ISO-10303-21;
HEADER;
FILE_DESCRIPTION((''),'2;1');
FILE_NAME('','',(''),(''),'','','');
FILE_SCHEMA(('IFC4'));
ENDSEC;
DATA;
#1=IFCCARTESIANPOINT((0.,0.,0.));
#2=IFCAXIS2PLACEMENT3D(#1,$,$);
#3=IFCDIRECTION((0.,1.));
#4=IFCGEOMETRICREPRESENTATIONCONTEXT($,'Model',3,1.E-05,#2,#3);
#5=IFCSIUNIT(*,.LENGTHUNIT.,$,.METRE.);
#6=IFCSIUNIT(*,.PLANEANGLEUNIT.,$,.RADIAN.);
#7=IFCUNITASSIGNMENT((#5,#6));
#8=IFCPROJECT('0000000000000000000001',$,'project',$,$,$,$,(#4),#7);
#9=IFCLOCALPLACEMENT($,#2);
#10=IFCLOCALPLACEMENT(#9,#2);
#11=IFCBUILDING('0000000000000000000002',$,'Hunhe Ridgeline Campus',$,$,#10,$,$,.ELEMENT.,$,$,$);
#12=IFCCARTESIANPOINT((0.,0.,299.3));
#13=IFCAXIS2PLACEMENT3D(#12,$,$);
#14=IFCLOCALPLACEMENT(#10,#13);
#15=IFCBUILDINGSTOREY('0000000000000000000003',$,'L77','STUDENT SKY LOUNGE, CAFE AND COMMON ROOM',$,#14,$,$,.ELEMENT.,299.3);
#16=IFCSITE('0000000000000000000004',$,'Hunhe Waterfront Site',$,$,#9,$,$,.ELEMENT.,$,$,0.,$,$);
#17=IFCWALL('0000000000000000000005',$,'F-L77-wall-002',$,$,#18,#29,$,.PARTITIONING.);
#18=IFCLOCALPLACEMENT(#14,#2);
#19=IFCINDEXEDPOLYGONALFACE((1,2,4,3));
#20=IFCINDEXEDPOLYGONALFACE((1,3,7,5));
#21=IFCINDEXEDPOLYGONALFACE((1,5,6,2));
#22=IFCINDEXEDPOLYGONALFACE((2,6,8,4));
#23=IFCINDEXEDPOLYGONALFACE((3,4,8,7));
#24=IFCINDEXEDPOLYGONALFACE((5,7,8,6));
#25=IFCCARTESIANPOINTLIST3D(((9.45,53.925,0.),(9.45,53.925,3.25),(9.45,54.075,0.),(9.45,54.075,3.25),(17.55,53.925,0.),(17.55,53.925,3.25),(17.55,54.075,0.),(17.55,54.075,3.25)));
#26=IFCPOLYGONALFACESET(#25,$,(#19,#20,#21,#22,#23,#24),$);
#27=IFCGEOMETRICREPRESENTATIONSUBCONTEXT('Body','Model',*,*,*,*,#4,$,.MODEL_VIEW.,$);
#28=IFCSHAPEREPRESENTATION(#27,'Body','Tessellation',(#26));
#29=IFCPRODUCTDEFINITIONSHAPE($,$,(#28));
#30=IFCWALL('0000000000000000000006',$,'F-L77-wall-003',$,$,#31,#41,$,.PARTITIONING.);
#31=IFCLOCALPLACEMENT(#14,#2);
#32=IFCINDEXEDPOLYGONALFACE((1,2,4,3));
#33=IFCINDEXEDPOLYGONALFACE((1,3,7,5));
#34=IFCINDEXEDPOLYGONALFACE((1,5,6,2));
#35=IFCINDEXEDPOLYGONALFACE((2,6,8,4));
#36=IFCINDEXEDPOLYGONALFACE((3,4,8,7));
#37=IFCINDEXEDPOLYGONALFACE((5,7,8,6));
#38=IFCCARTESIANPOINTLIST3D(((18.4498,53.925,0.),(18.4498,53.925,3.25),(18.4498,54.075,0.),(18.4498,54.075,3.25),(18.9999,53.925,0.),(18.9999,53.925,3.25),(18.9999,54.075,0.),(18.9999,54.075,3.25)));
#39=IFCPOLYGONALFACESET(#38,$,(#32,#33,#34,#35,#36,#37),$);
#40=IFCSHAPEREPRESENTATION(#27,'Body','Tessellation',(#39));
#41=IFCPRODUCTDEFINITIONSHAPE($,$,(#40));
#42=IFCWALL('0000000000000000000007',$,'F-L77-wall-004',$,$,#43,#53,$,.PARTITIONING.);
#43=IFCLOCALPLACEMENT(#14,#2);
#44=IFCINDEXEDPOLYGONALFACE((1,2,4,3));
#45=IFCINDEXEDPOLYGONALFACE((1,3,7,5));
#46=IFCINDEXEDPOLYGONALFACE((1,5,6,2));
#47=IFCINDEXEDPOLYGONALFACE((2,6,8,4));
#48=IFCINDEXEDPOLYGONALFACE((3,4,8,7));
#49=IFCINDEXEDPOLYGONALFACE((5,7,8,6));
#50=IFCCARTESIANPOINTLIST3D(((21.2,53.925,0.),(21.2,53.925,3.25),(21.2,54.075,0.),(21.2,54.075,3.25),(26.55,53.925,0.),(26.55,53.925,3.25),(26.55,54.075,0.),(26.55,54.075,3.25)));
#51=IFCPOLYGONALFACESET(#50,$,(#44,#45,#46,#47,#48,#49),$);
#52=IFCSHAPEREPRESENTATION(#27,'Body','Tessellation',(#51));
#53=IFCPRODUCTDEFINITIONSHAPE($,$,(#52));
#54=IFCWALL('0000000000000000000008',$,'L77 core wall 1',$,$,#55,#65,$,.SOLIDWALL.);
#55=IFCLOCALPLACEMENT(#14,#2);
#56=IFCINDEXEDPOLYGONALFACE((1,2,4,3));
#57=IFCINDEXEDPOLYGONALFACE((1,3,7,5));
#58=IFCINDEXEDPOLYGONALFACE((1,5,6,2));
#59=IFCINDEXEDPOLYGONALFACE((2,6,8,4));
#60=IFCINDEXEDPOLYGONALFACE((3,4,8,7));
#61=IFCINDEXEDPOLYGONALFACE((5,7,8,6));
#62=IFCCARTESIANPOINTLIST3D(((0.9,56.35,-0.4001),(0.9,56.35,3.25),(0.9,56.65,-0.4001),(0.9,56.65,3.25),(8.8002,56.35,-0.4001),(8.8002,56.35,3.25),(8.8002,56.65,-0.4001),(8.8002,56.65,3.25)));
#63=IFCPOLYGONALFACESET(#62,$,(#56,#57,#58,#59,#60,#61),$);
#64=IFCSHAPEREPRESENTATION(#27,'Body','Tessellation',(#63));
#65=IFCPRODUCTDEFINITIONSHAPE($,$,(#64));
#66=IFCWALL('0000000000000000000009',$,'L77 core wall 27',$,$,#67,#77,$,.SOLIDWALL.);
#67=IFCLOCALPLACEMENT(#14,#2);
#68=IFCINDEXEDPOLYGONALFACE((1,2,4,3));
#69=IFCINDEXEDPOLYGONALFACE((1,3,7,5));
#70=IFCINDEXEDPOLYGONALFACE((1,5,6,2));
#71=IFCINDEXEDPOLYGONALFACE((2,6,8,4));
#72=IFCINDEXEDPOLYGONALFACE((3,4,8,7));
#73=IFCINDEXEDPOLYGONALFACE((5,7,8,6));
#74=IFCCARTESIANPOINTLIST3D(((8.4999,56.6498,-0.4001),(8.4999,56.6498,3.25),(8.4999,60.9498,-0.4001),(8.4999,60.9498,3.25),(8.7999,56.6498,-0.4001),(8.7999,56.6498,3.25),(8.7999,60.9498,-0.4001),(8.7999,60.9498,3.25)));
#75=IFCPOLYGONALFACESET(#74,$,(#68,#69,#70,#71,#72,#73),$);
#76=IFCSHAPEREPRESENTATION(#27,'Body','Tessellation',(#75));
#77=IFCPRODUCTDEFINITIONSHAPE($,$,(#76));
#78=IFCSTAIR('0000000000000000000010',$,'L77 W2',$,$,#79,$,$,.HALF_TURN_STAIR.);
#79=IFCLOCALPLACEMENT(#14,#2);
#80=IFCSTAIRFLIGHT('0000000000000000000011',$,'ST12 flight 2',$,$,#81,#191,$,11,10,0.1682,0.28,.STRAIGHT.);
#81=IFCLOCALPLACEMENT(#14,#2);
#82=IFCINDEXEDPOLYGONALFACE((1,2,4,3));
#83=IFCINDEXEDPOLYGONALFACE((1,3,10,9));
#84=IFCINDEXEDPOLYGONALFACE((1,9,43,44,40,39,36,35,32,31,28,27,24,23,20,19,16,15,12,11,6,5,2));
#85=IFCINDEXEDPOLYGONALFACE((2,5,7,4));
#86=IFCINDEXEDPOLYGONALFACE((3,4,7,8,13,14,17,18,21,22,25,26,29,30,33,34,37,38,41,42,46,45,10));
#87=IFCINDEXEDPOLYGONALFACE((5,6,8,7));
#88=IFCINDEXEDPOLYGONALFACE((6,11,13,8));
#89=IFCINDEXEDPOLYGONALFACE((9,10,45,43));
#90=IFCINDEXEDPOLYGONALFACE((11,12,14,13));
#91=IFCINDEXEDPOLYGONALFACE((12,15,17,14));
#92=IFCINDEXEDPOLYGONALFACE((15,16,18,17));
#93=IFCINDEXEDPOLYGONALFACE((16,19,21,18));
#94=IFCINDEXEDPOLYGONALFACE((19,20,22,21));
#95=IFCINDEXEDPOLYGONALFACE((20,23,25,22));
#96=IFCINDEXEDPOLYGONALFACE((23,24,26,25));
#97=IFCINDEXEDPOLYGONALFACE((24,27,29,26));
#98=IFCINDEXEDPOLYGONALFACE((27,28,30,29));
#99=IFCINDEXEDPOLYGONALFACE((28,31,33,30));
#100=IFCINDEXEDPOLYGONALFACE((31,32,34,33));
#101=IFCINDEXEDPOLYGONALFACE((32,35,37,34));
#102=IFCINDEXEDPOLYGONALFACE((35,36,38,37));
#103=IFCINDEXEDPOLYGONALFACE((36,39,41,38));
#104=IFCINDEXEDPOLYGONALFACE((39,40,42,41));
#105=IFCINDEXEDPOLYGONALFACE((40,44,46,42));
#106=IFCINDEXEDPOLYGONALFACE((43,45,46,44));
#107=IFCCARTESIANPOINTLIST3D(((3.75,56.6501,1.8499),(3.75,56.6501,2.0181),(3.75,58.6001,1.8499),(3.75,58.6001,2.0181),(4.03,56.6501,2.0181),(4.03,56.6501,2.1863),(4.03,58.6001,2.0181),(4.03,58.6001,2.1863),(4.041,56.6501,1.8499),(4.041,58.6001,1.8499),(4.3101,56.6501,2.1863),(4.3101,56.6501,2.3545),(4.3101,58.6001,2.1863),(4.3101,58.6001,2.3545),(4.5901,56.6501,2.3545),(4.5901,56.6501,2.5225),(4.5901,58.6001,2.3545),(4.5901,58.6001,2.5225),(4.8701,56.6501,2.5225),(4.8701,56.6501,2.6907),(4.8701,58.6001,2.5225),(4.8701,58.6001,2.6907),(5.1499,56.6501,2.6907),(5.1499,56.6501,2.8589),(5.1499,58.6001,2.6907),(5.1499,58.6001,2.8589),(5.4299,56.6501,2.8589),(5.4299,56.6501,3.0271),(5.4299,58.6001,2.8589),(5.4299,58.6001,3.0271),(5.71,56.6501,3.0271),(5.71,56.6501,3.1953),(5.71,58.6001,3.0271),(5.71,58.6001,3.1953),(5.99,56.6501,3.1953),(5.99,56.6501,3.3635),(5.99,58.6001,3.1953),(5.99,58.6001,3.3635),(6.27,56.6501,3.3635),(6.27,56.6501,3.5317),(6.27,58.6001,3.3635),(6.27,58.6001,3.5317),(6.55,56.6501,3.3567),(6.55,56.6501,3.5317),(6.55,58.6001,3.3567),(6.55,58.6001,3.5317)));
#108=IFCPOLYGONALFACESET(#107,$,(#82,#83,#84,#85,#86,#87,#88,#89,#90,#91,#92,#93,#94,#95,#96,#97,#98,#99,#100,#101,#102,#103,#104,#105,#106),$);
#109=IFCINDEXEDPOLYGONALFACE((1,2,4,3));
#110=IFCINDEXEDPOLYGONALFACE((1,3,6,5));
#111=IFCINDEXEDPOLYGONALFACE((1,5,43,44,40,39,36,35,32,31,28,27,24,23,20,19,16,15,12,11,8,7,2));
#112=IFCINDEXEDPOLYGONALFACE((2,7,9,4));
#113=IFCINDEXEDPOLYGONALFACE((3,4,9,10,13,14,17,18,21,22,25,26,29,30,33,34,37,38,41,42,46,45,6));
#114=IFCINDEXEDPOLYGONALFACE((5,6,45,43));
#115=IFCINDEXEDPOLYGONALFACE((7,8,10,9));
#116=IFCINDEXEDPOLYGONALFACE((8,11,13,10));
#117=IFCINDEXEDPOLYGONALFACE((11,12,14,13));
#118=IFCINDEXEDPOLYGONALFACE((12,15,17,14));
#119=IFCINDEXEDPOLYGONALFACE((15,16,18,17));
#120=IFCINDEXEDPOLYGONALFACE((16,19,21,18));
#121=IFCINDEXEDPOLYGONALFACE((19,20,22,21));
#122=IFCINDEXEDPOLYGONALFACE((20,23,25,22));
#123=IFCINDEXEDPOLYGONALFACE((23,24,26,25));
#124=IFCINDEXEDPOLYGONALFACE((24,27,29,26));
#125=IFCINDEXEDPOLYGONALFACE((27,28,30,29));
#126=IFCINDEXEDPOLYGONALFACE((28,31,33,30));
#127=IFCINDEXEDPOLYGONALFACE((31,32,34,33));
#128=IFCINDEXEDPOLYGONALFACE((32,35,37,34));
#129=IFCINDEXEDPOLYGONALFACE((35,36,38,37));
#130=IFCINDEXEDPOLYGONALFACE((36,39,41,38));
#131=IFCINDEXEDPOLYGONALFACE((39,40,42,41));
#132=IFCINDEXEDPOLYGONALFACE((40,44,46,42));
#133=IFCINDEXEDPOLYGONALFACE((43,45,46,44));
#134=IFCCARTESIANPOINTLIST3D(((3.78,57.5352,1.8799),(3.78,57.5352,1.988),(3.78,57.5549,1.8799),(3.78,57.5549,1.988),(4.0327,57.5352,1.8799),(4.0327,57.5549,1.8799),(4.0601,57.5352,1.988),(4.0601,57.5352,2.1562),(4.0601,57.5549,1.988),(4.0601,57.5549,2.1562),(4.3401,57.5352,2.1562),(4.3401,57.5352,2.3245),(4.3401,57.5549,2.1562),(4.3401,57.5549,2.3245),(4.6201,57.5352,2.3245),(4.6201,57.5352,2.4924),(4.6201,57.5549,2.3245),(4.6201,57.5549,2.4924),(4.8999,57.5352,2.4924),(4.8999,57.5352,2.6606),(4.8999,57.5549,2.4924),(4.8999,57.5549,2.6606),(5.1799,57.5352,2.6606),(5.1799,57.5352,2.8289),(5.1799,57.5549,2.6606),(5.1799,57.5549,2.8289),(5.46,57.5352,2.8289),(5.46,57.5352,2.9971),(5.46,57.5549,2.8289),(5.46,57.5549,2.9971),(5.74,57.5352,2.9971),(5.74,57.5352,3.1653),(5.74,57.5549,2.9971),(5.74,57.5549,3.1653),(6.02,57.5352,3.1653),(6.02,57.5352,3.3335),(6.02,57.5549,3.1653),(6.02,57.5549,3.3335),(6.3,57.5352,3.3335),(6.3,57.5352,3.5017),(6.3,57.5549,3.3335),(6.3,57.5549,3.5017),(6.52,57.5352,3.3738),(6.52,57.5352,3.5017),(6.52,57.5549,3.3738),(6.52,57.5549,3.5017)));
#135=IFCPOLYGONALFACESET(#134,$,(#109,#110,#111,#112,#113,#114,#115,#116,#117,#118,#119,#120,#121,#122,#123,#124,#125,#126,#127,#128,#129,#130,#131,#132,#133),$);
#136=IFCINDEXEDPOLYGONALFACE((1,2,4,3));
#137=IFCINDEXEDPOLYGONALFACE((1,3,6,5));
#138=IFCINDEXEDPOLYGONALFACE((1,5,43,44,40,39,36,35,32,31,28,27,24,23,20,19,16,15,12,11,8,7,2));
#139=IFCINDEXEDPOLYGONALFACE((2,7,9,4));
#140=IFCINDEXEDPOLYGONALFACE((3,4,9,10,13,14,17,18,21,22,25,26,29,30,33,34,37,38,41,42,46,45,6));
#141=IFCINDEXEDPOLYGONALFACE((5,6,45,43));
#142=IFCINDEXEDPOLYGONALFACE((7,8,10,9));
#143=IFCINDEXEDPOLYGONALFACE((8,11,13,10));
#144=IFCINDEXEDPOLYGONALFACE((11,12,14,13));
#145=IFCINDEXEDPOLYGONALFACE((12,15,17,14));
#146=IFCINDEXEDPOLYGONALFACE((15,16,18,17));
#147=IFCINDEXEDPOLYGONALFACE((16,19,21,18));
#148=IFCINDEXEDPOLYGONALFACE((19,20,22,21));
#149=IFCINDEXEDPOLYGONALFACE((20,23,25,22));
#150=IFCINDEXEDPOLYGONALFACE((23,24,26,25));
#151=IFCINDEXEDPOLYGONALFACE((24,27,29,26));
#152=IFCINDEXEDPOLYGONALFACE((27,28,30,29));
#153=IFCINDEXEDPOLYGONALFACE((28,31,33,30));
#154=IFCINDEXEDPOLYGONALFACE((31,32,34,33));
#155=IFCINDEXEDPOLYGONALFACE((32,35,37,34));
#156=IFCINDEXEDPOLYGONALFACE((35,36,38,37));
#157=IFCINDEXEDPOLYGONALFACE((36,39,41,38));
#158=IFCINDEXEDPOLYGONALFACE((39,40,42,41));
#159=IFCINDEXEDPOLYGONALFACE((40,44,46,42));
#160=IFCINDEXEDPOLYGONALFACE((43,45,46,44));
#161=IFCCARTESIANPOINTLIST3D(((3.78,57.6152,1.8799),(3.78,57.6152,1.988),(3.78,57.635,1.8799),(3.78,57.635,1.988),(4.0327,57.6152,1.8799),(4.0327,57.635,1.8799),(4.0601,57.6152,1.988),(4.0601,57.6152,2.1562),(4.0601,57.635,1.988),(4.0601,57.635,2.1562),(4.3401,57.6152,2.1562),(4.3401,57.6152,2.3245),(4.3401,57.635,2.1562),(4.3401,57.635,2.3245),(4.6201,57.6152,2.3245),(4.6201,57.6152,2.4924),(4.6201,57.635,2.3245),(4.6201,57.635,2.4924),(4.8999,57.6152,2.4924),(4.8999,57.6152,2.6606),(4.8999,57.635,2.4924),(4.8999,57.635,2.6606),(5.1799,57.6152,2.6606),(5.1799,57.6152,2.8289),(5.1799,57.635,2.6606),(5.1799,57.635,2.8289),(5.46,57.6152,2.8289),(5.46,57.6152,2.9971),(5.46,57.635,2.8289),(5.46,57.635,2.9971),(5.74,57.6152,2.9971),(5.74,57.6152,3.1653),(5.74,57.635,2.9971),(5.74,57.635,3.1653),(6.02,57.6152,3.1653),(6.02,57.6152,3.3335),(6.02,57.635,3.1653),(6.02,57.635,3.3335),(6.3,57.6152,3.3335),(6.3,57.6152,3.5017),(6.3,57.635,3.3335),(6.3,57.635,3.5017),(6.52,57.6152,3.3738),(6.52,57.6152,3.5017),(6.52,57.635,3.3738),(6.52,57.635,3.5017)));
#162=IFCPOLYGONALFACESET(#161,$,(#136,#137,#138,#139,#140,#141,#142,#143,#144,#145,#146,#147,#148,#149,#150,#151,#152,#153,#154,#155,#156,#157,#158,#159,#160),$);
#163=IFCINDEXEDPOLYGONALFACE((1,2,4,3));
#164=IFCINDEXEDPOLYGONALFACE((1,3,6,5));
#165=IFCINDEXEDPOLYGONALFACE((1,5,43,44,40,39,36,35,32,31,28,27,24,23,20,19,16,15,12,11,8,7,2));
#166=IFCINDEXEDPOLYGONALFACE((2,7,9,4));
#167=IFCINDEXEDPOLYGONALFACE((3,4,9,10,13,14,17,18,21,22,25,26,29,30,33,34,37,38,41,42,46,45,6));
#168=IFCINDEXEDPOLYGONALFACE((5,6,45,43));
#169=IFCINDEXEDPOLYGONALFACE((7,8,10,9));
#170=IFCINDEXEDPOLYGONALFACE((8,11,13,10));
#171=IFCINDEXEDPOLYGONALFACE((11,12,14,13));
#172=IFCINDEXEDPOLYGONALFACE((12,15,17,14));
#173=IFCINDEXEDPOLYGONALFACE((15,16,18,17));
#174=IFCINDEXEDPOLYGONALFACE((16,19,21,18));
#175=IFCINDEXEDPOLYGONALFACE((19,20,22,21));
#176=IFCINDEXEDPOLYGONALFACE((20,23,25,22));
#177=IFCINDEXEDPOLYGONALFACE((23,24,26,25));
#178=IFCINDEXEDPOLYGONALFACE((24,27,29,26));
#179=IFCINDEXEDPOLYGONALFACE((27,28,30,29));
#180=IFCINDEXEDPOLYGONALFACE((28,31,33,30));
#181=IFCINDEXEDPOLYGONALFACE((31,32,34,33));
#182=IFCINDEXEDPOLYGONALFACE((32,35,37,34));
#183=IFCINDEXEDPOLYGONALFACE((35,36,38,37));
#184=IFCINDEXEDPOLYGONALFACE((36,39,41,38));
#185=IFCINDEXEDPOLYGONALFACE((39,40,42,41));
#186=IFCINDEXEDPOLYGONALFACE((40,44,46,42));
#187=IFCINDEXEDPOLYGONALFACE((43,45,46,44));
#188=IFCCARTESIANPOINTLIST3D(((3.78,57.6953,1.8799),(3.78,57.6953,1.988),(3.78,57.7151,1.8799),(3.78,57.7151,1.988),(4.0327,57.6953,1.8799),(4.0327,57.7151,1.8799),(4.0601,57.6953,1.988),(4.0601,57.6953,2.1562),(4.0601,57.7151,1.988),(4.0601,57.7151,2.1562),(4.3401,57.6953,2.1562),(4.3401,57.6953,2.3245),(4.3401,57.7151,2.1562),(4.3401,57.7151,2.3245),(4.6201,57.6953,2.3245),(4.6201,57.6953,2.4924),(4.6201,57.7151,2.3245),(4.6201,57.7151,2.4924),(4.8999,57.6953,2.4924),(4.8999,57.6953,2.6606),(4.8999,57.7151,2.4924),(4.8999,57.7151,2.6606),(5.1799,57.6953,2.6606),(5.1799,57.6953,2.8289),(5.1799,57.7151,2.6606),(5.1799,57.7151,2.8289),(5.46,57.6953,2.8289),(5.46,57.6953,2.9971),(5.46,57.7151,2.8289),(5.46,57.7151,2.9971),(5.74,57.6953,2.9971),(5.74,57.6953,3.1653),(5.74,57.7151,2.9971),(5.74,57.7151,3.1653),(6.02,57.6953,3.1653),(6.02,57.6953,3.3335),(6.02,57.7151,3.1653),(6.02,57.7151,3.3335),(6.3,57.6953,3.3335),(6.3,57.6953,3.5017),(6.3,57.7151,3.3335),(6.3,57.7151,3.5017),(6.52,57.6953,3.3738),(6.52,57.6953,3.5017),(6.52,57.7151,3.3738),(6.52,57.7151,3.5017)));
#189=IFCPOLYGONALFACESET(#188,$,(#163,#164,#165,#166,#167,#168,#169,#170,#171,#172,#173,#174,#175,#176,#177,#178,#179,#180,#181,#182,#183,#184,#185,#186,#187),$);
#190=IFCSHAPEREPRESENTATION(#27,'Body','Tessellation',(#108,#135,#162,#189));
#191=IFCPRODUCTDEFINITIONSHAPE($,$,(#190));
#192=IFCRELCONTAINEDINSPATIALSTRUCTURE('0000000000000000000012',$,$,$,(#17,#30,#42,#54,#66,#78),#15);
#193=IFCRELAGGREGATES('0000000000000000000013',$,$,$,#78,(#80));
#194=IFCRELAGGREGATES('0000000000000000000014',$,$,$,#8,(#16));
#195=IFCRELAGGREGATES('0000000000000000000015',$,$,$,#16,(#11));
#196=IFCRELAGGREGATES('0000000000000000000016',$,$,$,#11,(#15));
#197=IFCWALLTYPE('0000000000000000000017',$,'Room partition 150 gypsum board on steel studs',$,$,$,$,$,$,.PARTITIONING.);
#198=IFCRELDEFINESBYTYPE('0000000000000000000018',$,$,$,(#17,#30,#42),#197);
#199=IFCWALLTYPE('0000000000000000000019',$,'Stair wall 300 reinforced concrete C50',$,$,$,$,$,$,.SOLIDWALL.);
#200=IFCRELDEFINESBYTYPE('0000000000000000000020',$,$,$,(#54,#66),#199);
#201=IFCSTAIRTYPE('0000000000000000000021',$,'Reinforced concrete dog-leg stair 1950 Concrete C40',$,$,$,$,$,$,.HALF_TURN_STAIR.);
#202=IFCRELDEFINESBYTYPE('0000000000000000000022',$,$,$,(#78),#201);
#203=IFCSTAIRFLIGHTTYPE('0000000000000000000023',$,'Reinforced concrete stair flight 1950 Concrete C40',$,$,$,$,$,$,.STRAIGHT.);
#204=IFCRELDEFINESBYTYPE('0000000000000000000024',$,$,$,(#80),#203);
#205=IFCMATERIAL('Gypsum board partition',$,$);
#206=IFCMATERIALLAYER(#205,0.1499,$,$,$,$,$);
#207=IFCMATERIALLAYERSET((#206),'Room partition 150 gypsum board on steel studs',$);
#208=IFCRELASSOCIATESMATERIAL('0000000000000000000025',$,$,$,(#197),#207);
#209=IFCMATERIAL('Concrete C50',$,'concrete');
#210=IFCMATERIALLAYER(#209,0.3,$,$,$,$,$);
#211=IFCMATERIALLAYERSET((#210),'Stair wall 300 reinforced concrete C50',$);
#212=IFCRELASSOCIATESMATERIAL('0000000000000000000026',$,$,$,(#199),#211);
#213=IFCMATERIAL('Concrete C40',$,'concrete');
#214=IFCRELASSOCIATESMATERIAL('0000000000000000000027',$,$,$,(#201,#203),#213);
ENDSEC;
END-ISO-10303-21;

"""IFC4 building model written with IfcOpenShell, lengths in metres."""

from ifc_helpers import new_model, si_unit, direction, frame, frame_2d, origin, place, context, subcontext, project, spatial, polyline, rectangle, outline, extrude, material, layer, layer_set, type_object, element, aggregate, save


model = new_model("IFC4")

# Units and contexts
model_context = context("Model", 3, precision=1e-05, world=origin(), true_north=direction((0.0, 1.0)))
body_context = subcontext(model_context, "Body", "Model", "MODEL_VIEW")
ifc_project = project(units=[si_unit("LENGTHUNIT", "METRE"), si_unit("PLANEANGLEUNIT", "RADIAN")], contexts=[model_context])

# Site, building, storey
site_placement = place(None, origin())
site = spatial("IfcSite", under=ifc_project, at=site_placement, Name="Hunhe Waterfront Site", CompositionType="ELEMENT", RefElevation=0.0)
building_placement = place(site_placement, origin())
building = spatial("IfcBuilding", under=site, at=building_placement, Name="Hunhe Ridgeline Campus", CompositionType="ELEMENT")
storey_placement = place(building_placement, frame((0.0, 0.0, 299.3)))
storey = spatial("IfcBuildingStorey", under=building, at=storey_placement, Name="L77", Description="STUDENT SKY LOUNGE, CAFE AND COMMON ROOM", CompositionType="ELEMENT", Elevation=299.3)

# Shared definitions
ifc_material_1 = material(Name="Concrete C50", Category="concrete")

# Walls
ifc_material_2 = material(Name="Gypsum board partition")
ifc_layer_1 = layer(ifc_material_2, 0.1499)
ifc_layer_set_1 = layer_set([ifc_layer_1], Name="Room partition 150 gypsum board on steel studs")
wall_type_1 = type_object("IfcWallType", Name="Room partition 150 gypsum board on steel studs", PredefinedType="PARTITIONING", material=ifc_layer_set_1)
wall_1_placement = place(storey_placement, frame((9.45, 54.0, 0.0), z_axis=(0.0, 0.0, 1.0), x_axis=(1.0, 0.0, 0.0)))
element("IfcWall", 1, at=wall_1_placement, inside=storey, type_object=wall_type_1, Name="F-L77-wall-002", PredefinedType="PARTITIONING", context=body_context, shape_type="SweptSolid", body=[
    extrude(rectangle(XDim=8.1001, YDim=0.1499, at=frame_2d((4.05, 0.0))), origin(), (0.0, 0.0, 1.0), 3.25),
])
wall_2_placement = place(storey_placement, frame((18.45, 54.0, 0.0), z_axis=(0.0, 0.0, 1.0), x_axis=(1.0, 0.0, 0.0)))
element("IfcWall", 2, at=wall_2_placement, inside=storey, type_object=wall_type_1, Name="F-L77-wall-003", PredefinedType="PARTITIONING", context=body_context, shape_type="SweptSolid", body=[
    extrude(rectangle(XDim=0.55, YDim=0.1499, at=frame_2d((0.2749, 0.0))), origin(), (0.0, 0.0, 1.0), 3.25),
])
wall_3_placement = place(storey_placement, frame((21.2, 54.0, 0.0), z_axis=(0.0, 0.0, 1.0), x_axis=(1.0, 0.0, 0.0)))
element("IfcWall", 3, at=wall_3_placement, inside=storey, type_object=wall_type_1, Name="F-L77-wall-004", PredefinedType="PARTITIONING", context=body_context, shape_type="SweptSolid", body=[
    extrude(rectangle(XDim=5.3501, YDim=0.1499, at=frame_2d((2.675, 0.0))), origin(), (0.0, 0.0, 1.0), 3.25),
])
ifc_layer_2 = layer(ifc_material_1, 0.3)
ifc_layer_set_2 = layer_set([ifc_layer_2], Name="Stair wall 300 reinforced concrete C50")
wall_type_2 = type_object("IfcWallType", Name="Stair wall 300 reinforced concrete C50", PredefinedType="SOLIDWALL", material=ifc_layer_set_2)
wall_4_placement = place(storey_placement, frame((0.8999, 56.5, -0.4001), z_axis=(0.0, 0.0, 1.0), x_axis=(1.0, 0.0, 0.0)))
element("IfcWall", 4, at=wall_4_placement, inside=storey, type_object=wall_type_2, Name="L77 core wall 1", PredefinedType="SOLIDWALL", context=body_context, shape_type="SweptSolid", body=[
    extrude(rectangle(XDim=7.9001, YDim=0.3, at=frame_2d((3.9502, 0.0))), origin(), (0.0, 0.0, 1.0), 3.6501),
])
wall_5_placement = place(storey_placement, frame((8.6499, 56.6499, -0.4001), z_axis=(0.0, 0.0, 1.0), x_axis=(0.0, 1.0, 0.0)))
element("IfcWall", 5, at=wall_5_placement, inside=storey, type_object=wall_type_2, Name="L77 core wall 27", PredefinedType="SOLIDWALL", context=body_context, shape_type="SweptSolid", body=[
    extrude(rectangle(XDim=4.3, YDim=0.3, at=frame_2d((2.1499, 0.0))), origin(), (0.0, 0.0, 1.0), 3.6501),
])

# Stair, stair flight
ifc_material_3 = material(Name="Concrete C40", Category="concrete")
stair_type = type_object("IfcStairType", Name="Reinforced concrete dog-leg stair 1950 Concrete C40", PredefinedType="HALF_TURN_STAIR", material=ifc_material_3)
stair_placement = place(storey_placement, origin())
stair = element("IfcStair", 6, at=stair_placement, inside=storey, type_object=stair_type, Name="L77 W2", PredefinedType="HALF_TURN_STAIR")
stair_flight_type = type_object("IfcStairFlightType", Name="Reinforced concrete stair flight 1950 Concrete C40", PredefinedType="STRAIGHT", material=ifc_material_3)
stair_flight_placement = place(storey_placement, frame((3.75, 57.625, 1.8499), z_axis=(0.0, 0.0, 1.0), x_axis=(1.0, 0.0, 0.0)))
stair_flight = element("IfcStairFlight", 7, at=stair_flight_placement, type_object=stair_flight_type, Name="ST12 flight 2", NumberOfRisers=11, NumberOfTreads=10, PredefinedType="STRAIGHT", RiserHeight=0.1682, TreadLength=0.28, context=body_context, shape_type="SweptSolid", body=[
    extrude(outline(polyline([(0.0, 0.0), (0.0, 0.1682), (0.28, 0.1682), (0.28, 0.3364), (0.5601, 0.3364), (0.5601, 0.5046), (0.8401, 0.5046), (0.8401, 0.6726), (1.1201, 0.6726), (1.1201, 0.8408), (1.3999, 0.8408), (1.3999, 1.009), (1.6799, 1.009), (1.6799, 1.1772), (1.96, 1.1772), (1.96, 1.3455), (2.24, 1.3455), (2.24, 1.5137), (2.52, 1.5137), (2.52, 1.6819), (2.8, 1.6819), (2.8, 1.8501), (2.8, 1.5068), (0.291, 0.0), (0.0, 0.0)])), frame((0.0, 0.9751, 0.0), z_axis=(0.0, -1.0, 0.0), x_axis=(1.0, 0.0, 0.0)), (0.0, 0.0, 1.0), 1.95),
    extrude(outline(polyline([(0.03, 0.03), (0.03, 0.1382), (0.3101, 0.1382), (0.3101, 0.3064), (0.5901, 0.3064), (0.5901, 0.4746), (0.8701, 0.4746), (0.8701, 0.6426), (1.1499, 0.6426), (1.1499, 0.8108), (1.4299, 0.8108), (1.4299, 0.979), (1.71, 0.979), (1.71, 1.1472), (1.99, 1.1472), (1.99, 1.3154), (2.27, 1.3154), (2.27, 1.4836), (2.55, 1.4836), (2.55, 1.6519), (2.77, 1.6519), (2.77, 1.5239), (0.2827, 0.03), (0.03, 0.03)])), frame((0.0, -0.0701, 0.0), z_axis=(0.0, -1.0, 0.0), x_axis=(1.0, 0.0, 0.0)), (0.0, 0.0, 1.0), 0.0198),
    extrude(outline(polyline([(0.03, 0.03), (0.03, 0.1382), (0.3101, 0.1382), (0.3101, 0.3064), (0.5901, 0.3064), (0.5901, 0.4746), (0.8701, 0.4746), (0.8701, 0.6426), (1.1499, 0.6426), (1.1499, 0.8108), (1.4299, 0.8108), (1.4299, 0.979), (1.71, 0.979), (1.71, 1.1472), (1.99, 1.1472), (1.99, 1.3154), (2.27, 1.3154), (2.27, 1.4836), (2.55, 1.4836), (2.55, 1.6519), (2.77, 1.6519), (2.77, 1.5239), (0.2827, 0.03), (0.03, 0.03)])), frame((0.0, 0.01, 0.0), z_axis=(0.0, -1.0, 0.0), x_axis=(1.0, 0.0, 0.0)), (0.0, 0.0, 1.0), 0.0198),
    extrude(outline(polyline([(0.03, 0.03), (0.03, 0.1382), (0.3101, 0.1382), (0.3101, 0.3064), (0.5901, 0.3064), (0.5901, 0.4746), (0.8701, 0.4746), (0.8701, 0.6426), (1.1499, 0.6426), (1.1499, 0.8108), (1.4299, 0.8108), (1.4299, 0.979), (1.71, 0.979), (1.71, 1.1472), (1.99, 1.1472), (1.99, 1.3154), (2.27, 1.3154), (2.27, 1.4836), (2.55, 1.4836), (2.55, 1.6519), (2.77, 1.6519), (2.77, 1.5239), (0.2827, 0.03), (0.03, 0.03)])), frame((0.0, 0.0901, 0.0), z_axis=(0.0, -1.0, 0.0), x_axis=(1.0, 0.0, 0.0)), (0.0, 0.0, 1.0), 0.0198),
])
aggregate(stair, [stair_flight])

save(model, "model.ifc")
